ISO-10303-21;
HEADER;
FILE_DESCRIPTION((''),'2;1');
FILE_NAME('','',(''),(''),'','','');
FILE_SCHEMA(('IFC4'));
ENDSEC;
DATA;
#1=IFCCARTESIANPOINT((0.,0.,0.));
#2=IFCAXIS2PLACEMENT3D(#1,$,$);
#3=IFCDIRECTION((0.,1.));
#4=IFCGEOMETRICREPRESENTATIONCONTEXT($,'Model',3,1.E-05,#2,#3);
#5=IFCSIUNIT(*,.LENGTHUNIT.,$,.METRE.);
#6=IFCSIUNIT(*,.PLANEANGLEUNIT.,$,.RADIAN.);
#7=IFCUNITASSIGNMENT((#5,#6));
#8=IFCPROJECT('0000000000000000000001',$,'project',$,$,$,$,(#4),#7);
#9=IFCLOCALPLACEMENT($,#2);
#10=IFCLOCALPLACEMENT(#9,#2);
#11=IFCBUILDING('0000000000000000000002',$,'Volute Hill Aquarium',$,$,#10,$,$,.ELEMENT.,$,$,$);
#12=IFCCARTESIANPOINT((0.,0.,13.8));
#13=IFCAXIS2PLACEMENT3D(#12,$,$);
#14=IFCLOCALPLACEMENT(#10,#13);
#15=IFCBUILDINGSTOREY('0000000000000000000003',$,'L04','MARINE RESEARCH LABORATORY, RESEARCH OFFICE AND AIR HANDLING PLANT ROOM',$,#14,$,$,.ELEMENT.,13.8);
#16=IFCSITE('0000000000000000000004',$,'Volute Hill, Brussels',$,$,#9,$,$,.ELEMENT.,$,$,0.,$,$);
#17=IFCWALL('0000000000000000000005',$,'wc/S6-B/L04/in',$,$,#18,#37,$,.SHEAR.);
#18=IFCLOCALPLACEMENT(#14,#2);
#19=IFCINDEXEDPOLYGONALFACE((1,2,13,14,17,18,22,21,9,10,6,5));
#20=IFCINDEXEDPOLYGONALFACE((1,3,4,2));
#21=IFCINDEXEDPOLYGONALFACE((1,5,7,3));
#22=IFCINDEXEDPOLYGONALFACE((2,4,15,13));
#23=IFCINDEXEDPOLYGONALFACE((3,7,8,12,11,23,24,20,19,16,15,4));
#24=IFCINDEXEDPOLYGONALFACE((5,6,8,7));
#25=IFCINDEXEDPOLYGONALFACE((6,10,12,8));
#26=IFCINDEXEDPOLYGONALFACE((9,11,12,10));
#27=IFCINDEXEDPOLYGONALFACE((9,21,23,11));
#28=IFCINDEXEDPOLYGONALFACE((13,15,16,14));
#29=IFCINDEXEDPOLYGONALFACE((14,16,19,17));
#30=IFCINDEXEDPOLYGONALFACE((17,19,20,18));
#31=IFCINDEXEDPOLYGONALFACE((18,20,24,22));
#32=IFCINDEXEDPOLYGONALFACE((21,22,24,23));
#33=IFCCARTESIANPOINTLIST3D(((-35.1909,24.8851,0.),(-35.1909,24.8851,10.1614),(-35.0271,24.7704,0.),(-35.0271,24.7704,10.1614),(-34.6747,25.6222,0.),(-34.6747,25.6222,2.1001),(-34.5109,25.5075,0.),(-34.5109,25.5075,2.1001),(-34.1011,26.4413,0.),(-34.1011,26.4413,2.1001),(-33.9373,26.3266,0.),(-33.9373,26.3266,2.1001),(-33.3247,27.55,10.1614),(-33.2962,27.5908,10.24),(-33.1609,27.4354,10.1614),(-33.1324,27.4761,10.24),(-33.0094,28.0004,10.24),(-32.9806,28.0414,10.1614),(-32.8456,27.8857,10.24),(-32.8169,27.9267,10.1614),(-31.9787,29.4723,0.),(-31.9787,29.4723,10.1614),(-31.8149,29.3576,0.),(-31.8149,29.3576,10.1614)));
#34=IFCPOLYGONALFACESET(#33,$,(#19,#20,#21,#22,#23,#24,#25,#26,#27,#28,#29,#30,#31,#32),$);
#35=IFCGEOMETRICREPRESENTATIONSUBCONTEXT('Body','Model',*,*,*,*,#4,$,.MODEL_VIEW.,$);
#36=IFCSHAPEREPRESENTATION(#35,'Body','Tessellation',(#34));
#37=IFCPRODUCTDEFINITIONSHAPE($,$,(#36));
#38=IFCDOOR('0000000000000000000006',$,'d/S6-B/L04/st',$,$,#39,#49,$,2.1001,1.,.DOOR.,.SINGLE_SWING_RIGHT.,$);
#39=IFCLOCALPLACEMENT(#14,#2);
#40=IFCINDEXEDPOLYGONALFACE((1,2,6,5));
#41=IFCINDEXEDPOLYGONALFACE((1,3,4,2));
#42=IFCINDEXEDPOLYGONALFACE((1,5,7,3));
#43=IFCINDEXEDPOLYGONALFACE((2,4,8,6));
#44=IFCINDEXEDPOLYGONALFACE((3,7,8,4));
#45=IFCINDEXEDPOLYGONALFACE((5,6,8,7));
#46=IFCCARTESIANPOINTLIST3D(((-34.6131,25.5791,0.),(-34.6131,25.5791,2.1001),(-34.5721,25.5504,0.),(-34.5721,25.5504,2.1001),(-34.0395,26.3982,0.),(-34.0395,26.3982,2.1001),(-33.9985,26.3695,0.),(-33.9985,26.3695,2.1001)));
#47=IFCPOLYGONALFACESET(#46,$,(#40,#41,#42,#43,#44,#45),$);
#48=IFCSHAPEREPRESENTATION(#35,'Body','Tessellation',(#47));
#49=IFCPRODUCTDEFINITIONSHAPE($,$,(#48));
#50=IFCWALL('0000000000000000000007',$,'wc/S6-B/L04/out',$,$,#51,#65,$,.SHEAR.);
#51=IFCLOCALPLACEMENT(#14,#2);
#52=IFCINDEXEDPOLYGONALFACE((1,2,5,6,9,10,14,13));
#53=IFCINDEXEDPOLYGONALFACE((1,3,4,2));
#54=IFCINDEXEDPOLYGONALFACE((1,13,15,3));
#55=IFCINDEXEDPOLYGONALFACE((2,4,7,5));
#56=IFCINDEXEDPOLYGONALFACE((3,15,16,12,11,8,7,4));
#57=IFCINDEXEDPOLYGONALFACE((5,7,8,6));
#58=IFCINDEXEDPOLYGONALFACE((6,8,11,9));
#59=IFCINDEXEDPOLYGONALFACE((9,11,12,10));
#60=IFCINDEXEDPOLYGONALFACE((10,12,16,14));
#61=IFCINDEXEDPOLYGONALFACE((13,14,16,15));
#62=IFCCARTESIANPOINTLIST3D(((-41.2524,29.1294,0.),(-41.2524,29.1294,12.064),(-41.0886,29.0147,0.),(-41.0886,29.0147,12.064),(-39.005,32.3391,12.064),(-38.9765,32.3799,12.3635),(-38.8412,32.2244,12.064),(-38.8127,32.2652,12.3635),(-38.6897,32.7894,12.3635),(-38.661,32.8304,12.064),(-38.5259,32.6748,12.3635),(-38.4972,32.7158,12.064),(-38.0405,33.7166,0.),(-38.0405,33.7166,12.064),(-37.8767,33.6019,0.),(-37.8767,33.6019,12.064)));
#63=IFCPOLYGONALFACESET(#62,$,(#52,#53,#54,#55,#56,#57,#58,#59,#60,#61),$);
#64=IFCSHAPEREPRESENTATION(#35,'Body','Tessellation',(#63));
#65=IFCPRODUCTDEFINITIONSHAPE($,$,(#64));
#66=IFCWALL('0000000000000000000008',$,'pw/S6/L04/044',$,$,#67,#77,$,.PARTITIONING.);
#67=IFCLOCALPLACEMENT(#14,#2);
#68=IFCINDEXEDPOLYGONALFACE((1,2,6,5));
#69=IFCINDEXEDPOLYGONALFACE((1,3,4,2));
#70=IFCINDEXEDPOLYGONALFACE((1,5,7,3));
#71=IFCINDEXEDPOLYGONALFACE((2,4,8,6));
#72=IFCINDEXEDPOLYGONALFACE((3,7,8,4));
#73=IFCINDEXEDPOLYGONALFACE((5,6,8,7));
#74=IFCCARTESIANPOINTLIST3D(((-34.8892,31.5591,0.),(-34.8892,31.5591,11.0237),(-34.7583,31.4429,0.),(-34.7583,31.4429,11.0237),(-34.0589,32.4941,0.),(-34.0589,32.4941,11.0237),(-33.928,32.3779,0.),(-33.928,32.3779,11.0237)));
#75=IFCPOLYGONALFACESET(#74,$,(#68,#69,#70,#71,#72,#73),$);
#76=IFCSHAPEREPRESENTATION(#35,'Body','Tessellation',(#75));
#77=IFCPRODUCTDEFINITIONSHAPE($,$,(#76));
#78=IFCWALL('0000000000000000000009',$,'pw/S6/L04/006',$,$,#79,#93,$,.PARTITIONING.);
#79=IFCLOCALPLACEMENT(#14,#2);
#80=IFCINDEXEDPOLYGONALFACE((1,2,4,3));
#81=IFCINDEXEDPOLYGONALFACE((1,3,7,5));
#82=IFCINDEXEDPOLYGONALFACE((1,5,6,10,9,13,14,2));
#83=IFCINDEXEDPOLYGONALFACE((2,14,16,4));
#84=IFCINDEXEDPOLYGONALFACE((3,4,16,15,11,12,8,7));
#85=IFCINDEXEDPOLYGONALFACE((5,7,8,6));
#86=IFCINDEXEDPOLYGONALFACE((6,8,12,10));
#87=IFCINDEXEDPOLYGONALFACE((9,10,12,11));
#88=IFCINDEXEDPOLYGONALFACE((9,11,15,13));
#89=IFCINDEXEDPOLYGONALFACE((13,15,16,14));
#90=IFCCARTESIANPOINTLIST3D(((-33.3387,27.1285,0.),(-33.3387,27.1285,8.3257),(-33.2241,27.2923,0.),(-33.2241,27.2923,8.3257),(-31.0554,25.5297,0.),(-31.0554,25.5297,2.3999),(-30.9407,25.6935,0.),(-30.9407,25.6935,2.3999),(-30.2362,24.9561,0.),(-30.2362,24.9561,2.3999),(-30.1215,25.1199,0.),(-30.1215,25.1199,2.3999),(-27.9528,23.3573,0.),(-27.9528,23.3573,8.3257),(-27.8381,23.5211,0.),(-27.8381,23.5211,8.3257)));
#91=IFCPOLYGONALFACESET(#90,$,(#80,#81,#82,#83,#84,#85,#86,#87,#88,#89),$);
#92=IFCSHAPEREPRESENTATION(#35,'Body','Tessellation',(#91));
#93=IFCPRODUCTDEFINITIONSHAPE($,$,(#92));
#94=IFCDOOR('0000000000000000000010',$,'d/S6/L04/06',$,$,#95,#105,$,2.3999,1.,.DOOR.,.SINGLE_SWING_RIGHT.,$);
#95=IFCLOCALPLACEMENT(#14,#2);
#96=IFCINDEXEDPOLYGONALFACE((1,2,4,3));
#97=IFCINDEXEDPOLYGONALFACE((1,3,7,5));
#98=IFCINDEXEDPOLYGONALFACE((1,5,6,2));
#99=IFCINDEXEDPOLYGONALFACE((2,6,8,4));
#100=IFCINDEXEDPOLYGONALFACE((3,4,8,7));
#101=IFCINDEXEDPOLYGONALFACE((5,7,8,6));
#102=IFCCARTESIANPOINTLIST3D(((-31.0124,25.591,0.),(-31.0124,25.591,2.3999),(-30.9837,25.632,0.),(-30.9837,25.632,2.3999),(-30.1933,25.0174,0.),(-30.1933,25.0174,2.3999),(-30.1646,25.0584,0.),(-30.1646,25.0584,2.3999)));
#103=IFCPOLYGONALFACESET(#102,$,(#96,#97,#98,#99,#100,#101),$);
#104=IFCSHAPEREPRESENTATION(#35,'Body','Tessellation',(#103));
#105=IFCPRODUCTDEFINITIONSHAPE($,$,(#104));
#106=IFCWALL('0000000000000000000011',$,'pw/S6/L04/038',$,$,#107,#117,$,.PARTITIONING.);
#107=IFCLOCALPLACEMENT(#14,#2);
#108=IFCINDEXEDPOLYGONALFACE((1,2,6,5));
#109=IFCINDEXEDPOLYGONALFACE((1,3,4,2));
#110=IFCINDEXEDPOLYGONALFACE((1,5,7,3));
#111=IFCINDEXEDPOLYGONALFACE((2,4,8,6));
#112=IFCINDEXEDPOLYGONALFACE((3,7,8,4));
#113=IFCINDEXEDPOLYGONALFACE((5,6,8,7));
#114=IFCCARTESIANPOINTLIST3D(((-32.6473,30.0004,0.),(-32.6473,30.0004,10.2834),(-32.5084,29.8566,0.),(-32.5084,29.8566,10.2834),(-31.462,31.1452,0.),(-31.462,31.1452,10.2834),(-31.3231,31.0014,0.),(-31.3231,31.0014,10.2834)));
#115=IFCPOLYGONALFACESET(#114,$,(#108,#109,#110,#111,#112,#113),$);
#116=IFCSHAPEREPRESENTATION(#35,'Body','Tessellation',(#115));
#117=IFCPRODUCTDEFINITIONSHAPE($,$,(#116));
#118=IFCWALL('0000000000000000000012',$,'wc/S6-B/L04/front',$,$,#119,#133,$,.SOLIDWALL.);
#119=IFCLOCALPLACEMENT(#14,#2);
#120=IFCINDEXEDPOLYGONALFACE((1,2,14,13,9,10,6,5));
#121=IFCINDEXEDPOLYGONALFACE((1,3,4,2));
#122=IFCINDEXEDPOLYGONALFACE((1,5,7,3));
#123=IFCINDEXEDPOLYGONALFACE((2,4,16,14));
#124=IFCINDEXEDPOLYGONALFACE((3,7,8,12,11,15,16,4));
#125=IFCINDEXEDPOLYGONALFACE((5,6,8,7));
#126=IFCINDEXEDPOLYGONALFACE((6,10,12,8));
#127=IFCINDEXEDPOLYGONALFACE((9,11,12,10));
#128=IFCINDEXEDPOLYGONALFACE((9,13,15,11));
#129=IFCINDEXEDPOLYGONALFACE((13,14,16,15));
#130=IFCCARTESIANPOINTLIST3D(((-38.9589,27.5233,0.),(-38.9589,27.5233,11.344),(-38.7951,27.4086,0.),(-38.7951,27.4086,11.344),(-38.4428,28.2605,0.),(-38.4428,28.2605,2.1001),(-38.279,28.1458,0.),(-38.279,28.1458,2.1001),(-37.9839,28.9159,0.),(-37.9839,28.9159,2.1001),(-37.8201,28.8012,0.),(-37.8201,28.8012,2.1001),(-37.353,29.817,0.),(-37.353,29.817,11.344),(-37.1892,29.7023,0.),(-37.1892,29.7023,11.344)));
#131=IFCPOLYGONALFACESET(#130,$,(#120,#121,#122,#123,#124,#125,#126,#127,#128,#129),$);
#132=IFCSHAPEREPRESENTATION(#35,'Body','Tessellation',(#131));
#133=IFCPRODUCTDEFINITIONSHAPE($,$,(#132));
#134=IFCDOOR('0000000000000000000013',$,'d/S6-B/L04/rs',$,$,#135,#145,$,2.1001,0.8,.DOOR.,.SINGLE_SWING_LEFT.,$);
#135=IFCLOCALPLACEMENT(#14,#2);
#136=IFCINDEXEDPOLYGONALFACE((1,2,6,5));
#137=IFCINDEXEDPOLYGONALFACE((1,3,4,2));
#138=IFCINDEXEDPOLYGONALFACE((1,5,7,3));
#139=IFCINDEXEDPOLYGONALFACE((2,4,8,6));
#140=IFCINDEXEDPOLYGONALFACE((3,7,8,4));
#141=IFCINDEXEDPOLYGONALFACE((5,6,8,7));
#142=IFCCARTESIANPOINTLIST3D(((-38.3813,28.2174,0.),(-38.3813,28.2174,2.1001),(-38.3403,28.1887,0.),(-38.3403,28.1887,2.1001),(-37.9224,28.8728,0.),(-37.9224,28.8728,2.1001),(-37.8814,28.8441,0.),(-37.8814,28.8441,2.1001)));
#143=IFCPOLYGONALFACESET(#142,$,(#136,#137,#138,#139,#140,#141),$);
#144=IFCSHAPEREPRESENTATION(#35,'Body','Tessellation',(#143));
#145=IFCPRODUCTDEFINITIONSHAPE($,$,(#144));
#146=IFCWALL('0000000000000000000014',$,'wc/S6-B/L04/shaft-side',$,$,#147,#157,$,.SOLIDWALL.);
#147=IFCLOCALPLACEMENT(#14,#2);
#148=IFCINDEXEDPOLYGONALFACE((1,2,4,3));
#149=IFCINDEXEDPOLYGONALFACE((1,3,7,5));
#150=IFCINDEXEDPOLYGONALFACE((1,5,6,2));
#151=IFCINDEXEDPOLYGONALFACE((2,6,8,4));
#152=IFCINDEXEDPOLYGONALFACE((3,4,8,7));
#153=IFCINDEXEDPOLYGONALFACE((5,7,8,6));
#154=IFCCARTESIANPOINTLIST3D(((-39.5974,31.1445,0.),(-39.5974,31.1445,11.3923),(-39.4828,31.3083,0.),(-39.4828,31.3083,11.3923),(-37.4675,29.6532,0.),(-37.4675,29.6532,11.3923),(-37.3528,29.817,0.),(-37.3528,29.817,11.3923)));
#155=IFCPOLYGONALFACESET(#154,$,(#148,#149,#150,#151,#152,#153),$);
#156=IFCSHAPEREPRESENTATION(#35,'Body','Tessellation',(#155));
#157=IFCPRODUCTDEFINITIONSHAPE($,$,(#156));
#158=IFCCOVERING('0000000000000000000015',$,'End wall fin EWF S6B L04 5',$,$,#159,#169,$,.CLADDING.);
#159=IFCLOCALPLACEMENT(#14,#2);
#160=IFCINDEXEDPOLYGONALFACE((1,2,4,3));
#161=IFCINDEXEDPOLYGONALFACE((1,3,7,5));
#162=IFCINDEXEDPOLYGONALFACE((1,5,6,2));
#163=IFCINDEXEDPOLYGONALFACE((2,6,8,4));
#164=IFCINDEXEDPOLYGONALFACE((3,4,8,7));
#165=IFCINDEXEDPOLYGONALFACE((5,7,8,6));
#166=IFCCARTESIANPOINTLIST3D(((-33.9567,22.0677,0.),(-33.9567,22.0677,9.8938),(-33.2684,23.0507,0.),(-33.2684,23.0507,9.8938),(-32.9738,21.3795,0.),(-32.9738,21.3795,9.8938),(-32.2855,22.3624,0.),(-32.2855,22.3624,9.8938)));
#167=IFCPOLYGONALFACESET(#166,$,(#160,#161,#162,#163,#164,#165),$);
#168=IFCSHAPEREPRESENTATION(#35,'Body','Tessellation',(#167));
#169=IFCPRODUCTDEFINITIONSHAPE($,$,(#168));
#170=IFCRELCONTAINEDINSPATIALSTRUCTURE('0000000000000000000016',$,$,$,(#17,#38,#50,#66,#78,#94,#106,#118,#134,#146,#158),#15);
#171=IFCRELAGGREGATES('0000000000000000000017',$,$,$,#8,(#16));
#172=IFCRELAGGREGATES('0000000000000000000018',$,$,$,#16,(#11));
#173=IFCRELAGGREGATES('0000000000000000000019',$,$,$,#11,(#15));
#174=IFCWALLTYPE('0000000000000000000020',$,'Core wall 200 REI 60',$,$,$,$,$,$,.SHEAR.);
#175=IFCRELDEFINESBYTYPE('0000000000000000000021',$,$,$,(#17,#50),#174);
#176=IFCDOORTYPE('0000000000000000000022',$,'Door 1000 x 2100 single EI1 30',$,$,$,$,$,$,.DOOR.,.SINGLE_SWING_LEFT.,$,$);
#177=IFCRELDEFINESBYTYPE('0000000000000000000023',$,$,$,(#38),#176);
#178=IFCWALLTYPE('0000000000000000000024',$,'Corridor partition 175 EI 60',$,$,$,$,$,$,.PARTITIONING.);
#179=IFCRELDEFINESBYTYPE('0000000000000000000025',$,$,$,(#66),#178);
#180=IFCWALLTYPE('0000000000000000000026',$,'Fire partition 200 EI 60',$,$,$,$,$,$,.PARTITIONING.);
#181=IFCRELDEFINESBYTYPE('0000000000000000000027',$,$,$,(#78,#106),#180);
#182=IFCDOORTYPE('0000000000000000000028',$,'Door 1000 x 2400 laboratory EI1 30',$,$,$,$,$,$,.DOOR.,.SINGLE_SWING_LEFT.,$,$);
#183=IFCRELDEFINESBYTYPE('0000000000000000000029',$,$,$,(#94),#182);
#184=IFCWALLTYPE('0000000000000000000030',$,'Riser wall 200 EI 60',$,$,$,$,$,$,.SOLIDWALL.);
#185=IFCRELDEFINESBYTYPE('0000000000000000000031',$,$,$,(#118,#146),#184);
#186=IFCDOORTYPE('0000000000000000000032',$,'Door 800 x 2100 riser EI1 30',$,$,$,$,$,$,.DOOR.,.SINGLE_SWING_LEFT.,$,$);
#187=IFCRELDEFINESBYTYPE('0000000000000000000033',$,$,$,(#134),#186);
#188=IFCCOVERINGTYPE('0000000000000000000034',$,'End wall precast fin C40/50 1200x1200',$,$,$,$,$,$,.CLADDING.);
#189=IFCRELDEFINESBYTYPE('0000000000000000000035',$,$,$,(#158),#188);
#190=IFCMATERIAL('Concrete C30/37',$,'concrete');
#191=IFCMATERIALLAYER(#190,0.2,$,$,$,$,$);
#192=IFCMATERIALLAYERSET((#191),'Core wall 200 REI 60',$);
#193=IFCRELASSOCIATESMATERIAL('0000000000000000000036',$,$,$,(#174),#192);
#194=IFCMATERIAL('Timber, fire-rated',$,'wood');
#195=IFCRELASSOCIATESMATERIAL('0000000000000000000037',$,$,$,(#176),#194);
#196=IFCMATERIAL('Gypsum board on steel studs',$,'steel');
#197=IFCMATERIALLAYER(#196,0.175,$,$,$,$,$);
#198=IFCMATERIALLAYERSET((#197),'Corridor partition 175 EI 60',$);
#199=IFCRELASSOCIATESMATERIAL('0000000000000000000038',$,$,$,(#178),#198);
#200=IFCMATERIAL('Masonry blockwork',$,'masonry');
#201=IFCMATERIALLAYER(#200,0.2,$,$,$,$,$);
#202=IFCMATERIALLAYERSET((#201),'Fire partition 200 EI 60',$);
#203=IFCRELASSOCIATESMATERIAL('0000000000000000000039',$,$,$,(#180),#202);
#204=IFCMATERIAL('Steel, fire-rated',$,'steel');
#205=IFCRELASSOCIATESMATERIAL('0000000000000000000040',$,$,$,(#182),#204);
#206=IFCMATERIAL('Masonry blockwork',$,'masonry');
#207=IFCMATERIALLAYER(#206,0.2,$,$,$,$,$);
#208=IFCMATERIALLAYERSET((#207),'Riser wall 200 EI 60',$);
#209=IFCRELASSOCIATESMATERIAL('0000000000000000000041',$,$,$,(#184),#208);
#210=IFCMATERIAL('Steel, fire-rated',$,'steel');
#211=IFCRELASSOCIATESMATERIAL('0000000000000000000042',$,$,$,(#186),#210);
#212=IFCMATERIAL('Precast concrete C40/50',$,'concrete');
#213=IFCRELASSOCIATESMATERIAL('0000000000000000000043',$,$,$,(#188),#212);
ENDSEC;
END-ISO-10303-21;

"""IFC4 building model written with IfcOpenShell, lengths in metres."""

from ifc_helpers import new_model, si_unit, direction, frame, frame_2d, origin, origin_2d, place, context, subcontext, project, spatial, polyline, rectangle, outline, extrude, material, layer, layer_set, type_object, element, fill, save


model = new_model("IFC4")

# Units and contexts
model_context = context("Model", 3, precision=1e-05, world=origin(), true_north=direction((0.0, 1.0)))
body_context = subcontext(model_context, "Body", "Model", "MODEL_VIEW")
ifc_project = project(units=[si_unit("LENGTHUNIT", "METRE"), si_unit("PLANEANGLEUNIT", "RADIAN")], contexts=[model_context])

# Site, building, storey
site_placement = place(None, origin())
site = spatial("IfcSite", under=ifc_project, at=site_placement, Name="Volute Hill, Brussels", CompositionType="ELEMENT", RefElevation=0.0)
building_placement = place(site_placement, origin())
building = spatial("IfcBuilding", under=site, at=building_placement, Name="Volute Hill Aquarium", CompositionType="ELEMENT")
storey_placement = place(building_placement, frame((0.0, 0.0, 13.8)))
storey = spatial("IfcBuildingStorey", under=building, at=storey_placement, Name="L04", Description="MARINE RESEARCH LABORATORY, RESEARCH OFFICE AND AIR HANDLING PLANT ROOM", CompositionType="ELEMENT", Elevation=13.8)

# Wall, opening, door
ifc_material_1 = material(Name="Concrete C30/37", Category="concrete")
ifc_layer_1 = layer(ifc_material_1, 0.2)
ifc_layer_set_1 = layer_set([ifc_layer_1], Name="Core wall 200 REI 60")
wall_type_1 = type_object("IfcWallType", Name="Core wall 200 REI 60", PredefinedType="SHEAR", material=ifc_layer_set_1)
wall_1_placement = place(storey_placement, frame((-35.1089, 24.8276, 0.0), z_axis=(0.0, 0.0, 1.0), x_axis=(0.5736, 0.819136, 0.0)))
wall_1 = element("IfcWall", 1, at=wall_1_placement, inside=storey, type_object=wall_type_1, Name="wc/S6-B/L04/in", PredefinedType="SHEAR", context=body_context, shape_type="SweptSolid", body=[
    extrude(outline(polyline([(0.0, 0.0), (5.6001, 0.0), (5.6001, 10.1614), (3.8533, 10.1614), (3.8032, 10.24), (3.3032, 10.24), (3.2534, 10.1614), (0.0, 10.1614), (0.0, 0.0)])), frame((0.0, 0.1001, 0.0), z_axis=(0.0, -1.0, 0.0), x_axis=(1.0, 0.0, 0.0)), (0.0, 0.0, 1.0), 0.2),
])
opening_1_placement = place(wall_1_placement, frame((0.8999, 0.0, 0.0)))
opening_1 = element("IfcOpeningElement", 2, at=opening_1_placement, cuts=wall_1, PredefinedType="OPENING", context=body_context, shape_type="SweptSolid", body=[
    extrude(rectangle(XDim=1.0, YDim=2.1001, at=frame_2d((0.5, 1.05))), frame((0.0, 0.1099, 0.0), z_axis=(0.0, -1.0, 0.0), x_axis=(1.0, 0.0, 0.0)), (0.0, 0.0, 1.0), 0.22),
])
ifc_material_2 = material(Name="Timber, fire-rated", Category="wood")
door_type_1 = type_object("IfcDoorType", Name="Door 1000 x 2100 single EI1 30", OperationType="SINGLE_SWING_LEFT", PredefinedType="DOOR", material=ifc_material_2)
door_1_placement = place(opening_1_placement, origin())
door_1 = element("IfcDoor", 3, at=door_1_placement, inside=storey, type_object=door_type_1, Name="d/S6-B/L04/st", OperationType="SINGLE_SWING_RIGHT", OverallHeight=2.1001, OverallWidth=1.0, PredefinedType="DOOR", context=body_context, shape_type="SweptSolid", body=[
    extrude(rectangle(XDim=1.0, YDim=2.1001, at=frame_2d((0.5, 1.05))), frame((0.0, 0.0249, 0.0), z_axis=(0.0, -1.0, 0.0), x_axis=(1.0, 0.0, 0.0)), (0.0, 0.0, 1.0), 0.05),
])
fill(opening_1, door_1)

# Walls
wall_2_placement = place(storey_placement, frame((-41.1704, 29.072, 0.0), z_axis=(0.0, 0.0, 1.0), x_axis=(0.573571, 0.819156, 0.0)))
element("IfcWall", 4, at=wall_2_placement, inside=storey, type_object=wall_type_1, Name="wc/S6-B/L04/out", PredefinedType="SHEAR", context=body_context, shape_type="SweptSolid", body=[
    extrude(outline(polyline([(0.0, 0.0), (5.5999, 0.0), (5.5999, 12.064), (4.5181, 12.064), (4.468, 12.3635), (3.968, 12.3635), (3.9182, 12.064), (0.0, 12.064), (0.0, 0.0)])), frame((0.0, 0.1001, 0.0), z_axis=(0.0, -1.0, 0.0), x_axis=(1.0, 0.0, 0.0)), (0.0, 0.0, 1.0), 0.2),
])
ifc_material_3 = material(Name="Gypsum board on steel studs", Category="steel")
ifc_layer_2 = layer(ifc_material_3, 0.175)
ifc_layer_set_2 = layer_set([ifc_layer_2], Name="Corridor partition 175 EI 60")
wall_type_2 = type_object("IfcWallType", Name="Corridor partition 175 EI 60", PredefinedType="PARTITIONING", material=ifc_layer_set_2)
wall_3_placement = place(storey_placement, frame((-34.8237, 31.501, 0.0), z_axis=(0.0, 0.0, 1.0), x_axis=(0.663988, 0.747743, 0.0)))
element("IfcWall", 5, at=wall_3_placement, inside=storey, type_object=wall_type_2, Name="pw/S6/L04/044", PredefinedType="PARTITIONING", context=body_context, shape_type="SweptSolid", body=[
    extrude(rectangle(XDim=1.2505, YDim=0.175, at=frame_2d((0.6252, 0.0))), origin(), (0.0, 0.0, 1.0), 11.0237),
])

# Wall, opening, door
ifc_material_4 = material(Name="Masonry blockwork", Category="masonry")
ifc_layer_3 = layer(ifc_material_4, 0.2)
ifc_layer_set_3 = layer_set([ifc_layer_3], Name="Fire partition 200 EI 60")
wall_type_3 = type_object("IfcWallType", Name="Fire partition 200 EI 60", PredefinedType="PARTITIONING", material=ifc_layer_set_3)
wall_4_placement = place(storey_placement, frame((-33.2815, 27.2104, 0.0), z_axis=(0.0, 0.0, 1.0), x_axis=(0.819157, -0.573569, 0.0)))
wall_4 = element("IfcWall", 6, at=wall_4_placement, inside=storey, type_object=wall_type_3, Name="pw/S6/L04/006", PredefinedType="PARTITIONING", context=body_context, shape_type="SweptSolid", body=[
    extrude(rectangle(XDim=6.575, YDim=0.2, at=frame_2d((3.2876, 0.0))), origin(), (0.0, 0.0, 1.0), 8.3257),
])
opening_2_placement = place(wall_4_placement, frame((2.7876, 0.0, 0.0)))
opening_2 = element("IfcOpeningElement", 7, at=opening_2_placement, cuts=wall_4, PredefinedType="OPENING", context=body_context, shape_type="SweptSolid", body=[
    extrude(rectangle(XDim=1.0, YDim=2.3999, at=frame_2d((0.5, 1.2))), frame((0.0, 0.1099, 0.0), z_axis=(0.0, -1.0, 0.0), x_axis=(1.0, 0.0, 0.0)), (0.0, 0.0, 1.0), 0.22),
])
ifc_material_5 = material(Name="Steel, fire-rated", Category="steel")
door_type_2 = type_object("IfcDoorType", Name="Door 1000 x 2400 laboratory EI1 30", OperationType="SINGLE_SWING_LEFT", PredefinedType="DOOR", material=ifc_material_5)
door_2_placement = place(opening_2_placement, origin())
door_2 = element("IfcDoor", 8, at=door_2_placement, inside=storey, type_object=door_type_2, Name="d/S6/L04/06", OperationType="SINGLE_SWING_RIGHT", OverallHeight=2.3999, OverallWidth=1.0, PredefinedType="DOOR", context=body_context, shape_type="SweptSolid", body=[
    extrude(rectangle(XDim=1.0, YDim=2.3999, at=frame_2d((0.5, 1.2))), frame((0.0, 0.0249, 0.0), z_axis=(0.0, -1.0, 0.0), x_axis=(1.0, 0.0, 0.0)), (0.0, 0.0, 1.0), 0.05),
])
fill(opening_2, door_2)

# Wall
wall_5_placement = place(storey_placement, frame((-32.5779, 29.9285, 0.0), z_axis=(0.0, 0.0, 1.0), x_axis=(0.719297, 0.694703, 0.0)))
element("IfcWall", 9, at=wall_5_placement, inside=storey, type_object=wall_type_3, Name="pw/S6/L04/038", PredefinedType="PARTITIONING", context=body_context, shape_type="SweptSolid", body=[
    extrude(rectangle(XDim=1.6479, YDim=0.2, at=frame_2d((0.824, 0.0))), origin(), (0.0, 0.0, 1.0), 10.2834),
])

# Wall, opening, door
ifc_material_6 = material(Name="Masonry blockwork", Category="masonry")
ifc_layer_4 = layer(ifc_material_6, 0.2)
ifc_layer_set_4 = layer_set([ifc_layer_4], Name="Riser wall 200 EI 60")
wall_type_4 = type_object("IfcWallType", Name="Riser wall 200 EI 60", PredefinedType="SOLIDWALL", material=ifc_layer_set_4)
wall_6_placement = place(storey_placement, frame((-38.877, 27.4661, 0.0), z_axis=(0.0, 0.0, 1.0), x_axis=(0.57355, 0.81917, 0.0)))
wall_6 = element("IfcWall", 10, at=wall_6_placement, inside=storey, type_object=wall_type_4, Name="wc/S6-B/L04/front", PredefinedType="SOLIDWALL", context=body_context, shape_type="SweptSolid", body=[
    extrude(rectangle(XDim=2.8, YDim=0.2, at=frame_2d((1.3999, 0.0))), origin(), (0.0, 0.0, 1.0), 11.344),
])
opening_3_placement = place(wall_6_placement, frame((0.8999, 0.0, 0.0)))
opening_3 = element("IfcOpeningElement", 11, at=opening_3_placement, cuts=wall_6, PredefinedType="OPENING", context=body_context, shape_type="SweptSolid", body=[
    extrude(rectangle(XDim=0.8, YDim=2.1001, at=frame_2d((0.3999, 1.05))), frame((0.0, 0.1099, 0.0), z_axis=(0.0, -1.0, 0.0), x_axis=(1.0, 0.0, 0.0)), (0.0, 0.0, 1.0), 0.22),
])
ifc_material_7 = material(Name="Steel, fire-rated", Category="steel")
door_type_3 = type_object("IfcDoorType", Name="Door 800 x 2100 riser EI1 30", OperationType="SINGLE_SWING_LEFT", PredefinedType="DOOR", material=ifc_material_7)
door_3_placement = place(opening_3_placement, origin())
door_3 = element("IfcDoor", 12, at=door_3_placement, inside=storey, type_object=door_type_3, Name="d/S6-B/L04/rs", OperationType="SINGLE_SWING_LEFT", OverallHeight=2.1001, OverallWidth=0.8, PredefinedType="DOOR", context=body_context, shape_type="SweptSolid", body=[
    extrude(rectangle(XDim=0.8, YDim=2.1001, at=frame_2d((0.3999, 1.05))), frame((0.0, 0.0249, 0.0), z_axis=(0.0, -1.0, 0.0), x_axis=(1.0, 0.0, 0.0)), (0.0, 0.0, 1.0), 0.05),
])
fill(opening_3, door_3)

# Wall
wall_7_placement = place(storey_placement, frame((-37.4102, 29.7351, 0.0), z_axis=(0.0, 0.0, 1.0), x_axis=(-0.819179, 0.573538, 0.0)))
element("IfcWall", 13, at=wall_7_placement, inside=storey, type_object=wall_type_4, Name="wc/S6-B/L04/shaft-side", PredefinedType="SOLIDWALL", context=body_context, shape_type="SweptSolid", body=[
    extrude(rectangle(XDim=2.6001, YDim=0.2, at=frame_2d((1.3, 0.0))), origin(), (0.0, 0.0, 1.0), 11.3923),
])

# Covering
ifc_material_8 = material(Name="Precast concrete C40/50", Category="concrete")
covering_type_1 = type_object("IfcCoveringType", Name="End wall precast fin C40/50 1200x1200", PredefinedType="CLADDING", material=ifc_material_8)
covering_1_placement = place(storey_placement, frame((-33.1211, 22.2151, 0.0), z_axis=(0.0, 0.0, 1.0), x_axis=(-0.819151, 0.573577, 0.0)))
element("IfcCovering", 14, at=covering_1_placement, inside=storey, type_object=covering_type_1, Name="End wall fin EWF S6B L04 5", PredefinedType="CLADDING", context=body_context, shape_type="SweptSolid", body=[
    extrude(rectangle(XDim=1.2, YDim=1.2, at=origin_2d()), origin(), (0.0, 0.0, 1.0), 9.8938),
])

save(model, "model.ifc")
